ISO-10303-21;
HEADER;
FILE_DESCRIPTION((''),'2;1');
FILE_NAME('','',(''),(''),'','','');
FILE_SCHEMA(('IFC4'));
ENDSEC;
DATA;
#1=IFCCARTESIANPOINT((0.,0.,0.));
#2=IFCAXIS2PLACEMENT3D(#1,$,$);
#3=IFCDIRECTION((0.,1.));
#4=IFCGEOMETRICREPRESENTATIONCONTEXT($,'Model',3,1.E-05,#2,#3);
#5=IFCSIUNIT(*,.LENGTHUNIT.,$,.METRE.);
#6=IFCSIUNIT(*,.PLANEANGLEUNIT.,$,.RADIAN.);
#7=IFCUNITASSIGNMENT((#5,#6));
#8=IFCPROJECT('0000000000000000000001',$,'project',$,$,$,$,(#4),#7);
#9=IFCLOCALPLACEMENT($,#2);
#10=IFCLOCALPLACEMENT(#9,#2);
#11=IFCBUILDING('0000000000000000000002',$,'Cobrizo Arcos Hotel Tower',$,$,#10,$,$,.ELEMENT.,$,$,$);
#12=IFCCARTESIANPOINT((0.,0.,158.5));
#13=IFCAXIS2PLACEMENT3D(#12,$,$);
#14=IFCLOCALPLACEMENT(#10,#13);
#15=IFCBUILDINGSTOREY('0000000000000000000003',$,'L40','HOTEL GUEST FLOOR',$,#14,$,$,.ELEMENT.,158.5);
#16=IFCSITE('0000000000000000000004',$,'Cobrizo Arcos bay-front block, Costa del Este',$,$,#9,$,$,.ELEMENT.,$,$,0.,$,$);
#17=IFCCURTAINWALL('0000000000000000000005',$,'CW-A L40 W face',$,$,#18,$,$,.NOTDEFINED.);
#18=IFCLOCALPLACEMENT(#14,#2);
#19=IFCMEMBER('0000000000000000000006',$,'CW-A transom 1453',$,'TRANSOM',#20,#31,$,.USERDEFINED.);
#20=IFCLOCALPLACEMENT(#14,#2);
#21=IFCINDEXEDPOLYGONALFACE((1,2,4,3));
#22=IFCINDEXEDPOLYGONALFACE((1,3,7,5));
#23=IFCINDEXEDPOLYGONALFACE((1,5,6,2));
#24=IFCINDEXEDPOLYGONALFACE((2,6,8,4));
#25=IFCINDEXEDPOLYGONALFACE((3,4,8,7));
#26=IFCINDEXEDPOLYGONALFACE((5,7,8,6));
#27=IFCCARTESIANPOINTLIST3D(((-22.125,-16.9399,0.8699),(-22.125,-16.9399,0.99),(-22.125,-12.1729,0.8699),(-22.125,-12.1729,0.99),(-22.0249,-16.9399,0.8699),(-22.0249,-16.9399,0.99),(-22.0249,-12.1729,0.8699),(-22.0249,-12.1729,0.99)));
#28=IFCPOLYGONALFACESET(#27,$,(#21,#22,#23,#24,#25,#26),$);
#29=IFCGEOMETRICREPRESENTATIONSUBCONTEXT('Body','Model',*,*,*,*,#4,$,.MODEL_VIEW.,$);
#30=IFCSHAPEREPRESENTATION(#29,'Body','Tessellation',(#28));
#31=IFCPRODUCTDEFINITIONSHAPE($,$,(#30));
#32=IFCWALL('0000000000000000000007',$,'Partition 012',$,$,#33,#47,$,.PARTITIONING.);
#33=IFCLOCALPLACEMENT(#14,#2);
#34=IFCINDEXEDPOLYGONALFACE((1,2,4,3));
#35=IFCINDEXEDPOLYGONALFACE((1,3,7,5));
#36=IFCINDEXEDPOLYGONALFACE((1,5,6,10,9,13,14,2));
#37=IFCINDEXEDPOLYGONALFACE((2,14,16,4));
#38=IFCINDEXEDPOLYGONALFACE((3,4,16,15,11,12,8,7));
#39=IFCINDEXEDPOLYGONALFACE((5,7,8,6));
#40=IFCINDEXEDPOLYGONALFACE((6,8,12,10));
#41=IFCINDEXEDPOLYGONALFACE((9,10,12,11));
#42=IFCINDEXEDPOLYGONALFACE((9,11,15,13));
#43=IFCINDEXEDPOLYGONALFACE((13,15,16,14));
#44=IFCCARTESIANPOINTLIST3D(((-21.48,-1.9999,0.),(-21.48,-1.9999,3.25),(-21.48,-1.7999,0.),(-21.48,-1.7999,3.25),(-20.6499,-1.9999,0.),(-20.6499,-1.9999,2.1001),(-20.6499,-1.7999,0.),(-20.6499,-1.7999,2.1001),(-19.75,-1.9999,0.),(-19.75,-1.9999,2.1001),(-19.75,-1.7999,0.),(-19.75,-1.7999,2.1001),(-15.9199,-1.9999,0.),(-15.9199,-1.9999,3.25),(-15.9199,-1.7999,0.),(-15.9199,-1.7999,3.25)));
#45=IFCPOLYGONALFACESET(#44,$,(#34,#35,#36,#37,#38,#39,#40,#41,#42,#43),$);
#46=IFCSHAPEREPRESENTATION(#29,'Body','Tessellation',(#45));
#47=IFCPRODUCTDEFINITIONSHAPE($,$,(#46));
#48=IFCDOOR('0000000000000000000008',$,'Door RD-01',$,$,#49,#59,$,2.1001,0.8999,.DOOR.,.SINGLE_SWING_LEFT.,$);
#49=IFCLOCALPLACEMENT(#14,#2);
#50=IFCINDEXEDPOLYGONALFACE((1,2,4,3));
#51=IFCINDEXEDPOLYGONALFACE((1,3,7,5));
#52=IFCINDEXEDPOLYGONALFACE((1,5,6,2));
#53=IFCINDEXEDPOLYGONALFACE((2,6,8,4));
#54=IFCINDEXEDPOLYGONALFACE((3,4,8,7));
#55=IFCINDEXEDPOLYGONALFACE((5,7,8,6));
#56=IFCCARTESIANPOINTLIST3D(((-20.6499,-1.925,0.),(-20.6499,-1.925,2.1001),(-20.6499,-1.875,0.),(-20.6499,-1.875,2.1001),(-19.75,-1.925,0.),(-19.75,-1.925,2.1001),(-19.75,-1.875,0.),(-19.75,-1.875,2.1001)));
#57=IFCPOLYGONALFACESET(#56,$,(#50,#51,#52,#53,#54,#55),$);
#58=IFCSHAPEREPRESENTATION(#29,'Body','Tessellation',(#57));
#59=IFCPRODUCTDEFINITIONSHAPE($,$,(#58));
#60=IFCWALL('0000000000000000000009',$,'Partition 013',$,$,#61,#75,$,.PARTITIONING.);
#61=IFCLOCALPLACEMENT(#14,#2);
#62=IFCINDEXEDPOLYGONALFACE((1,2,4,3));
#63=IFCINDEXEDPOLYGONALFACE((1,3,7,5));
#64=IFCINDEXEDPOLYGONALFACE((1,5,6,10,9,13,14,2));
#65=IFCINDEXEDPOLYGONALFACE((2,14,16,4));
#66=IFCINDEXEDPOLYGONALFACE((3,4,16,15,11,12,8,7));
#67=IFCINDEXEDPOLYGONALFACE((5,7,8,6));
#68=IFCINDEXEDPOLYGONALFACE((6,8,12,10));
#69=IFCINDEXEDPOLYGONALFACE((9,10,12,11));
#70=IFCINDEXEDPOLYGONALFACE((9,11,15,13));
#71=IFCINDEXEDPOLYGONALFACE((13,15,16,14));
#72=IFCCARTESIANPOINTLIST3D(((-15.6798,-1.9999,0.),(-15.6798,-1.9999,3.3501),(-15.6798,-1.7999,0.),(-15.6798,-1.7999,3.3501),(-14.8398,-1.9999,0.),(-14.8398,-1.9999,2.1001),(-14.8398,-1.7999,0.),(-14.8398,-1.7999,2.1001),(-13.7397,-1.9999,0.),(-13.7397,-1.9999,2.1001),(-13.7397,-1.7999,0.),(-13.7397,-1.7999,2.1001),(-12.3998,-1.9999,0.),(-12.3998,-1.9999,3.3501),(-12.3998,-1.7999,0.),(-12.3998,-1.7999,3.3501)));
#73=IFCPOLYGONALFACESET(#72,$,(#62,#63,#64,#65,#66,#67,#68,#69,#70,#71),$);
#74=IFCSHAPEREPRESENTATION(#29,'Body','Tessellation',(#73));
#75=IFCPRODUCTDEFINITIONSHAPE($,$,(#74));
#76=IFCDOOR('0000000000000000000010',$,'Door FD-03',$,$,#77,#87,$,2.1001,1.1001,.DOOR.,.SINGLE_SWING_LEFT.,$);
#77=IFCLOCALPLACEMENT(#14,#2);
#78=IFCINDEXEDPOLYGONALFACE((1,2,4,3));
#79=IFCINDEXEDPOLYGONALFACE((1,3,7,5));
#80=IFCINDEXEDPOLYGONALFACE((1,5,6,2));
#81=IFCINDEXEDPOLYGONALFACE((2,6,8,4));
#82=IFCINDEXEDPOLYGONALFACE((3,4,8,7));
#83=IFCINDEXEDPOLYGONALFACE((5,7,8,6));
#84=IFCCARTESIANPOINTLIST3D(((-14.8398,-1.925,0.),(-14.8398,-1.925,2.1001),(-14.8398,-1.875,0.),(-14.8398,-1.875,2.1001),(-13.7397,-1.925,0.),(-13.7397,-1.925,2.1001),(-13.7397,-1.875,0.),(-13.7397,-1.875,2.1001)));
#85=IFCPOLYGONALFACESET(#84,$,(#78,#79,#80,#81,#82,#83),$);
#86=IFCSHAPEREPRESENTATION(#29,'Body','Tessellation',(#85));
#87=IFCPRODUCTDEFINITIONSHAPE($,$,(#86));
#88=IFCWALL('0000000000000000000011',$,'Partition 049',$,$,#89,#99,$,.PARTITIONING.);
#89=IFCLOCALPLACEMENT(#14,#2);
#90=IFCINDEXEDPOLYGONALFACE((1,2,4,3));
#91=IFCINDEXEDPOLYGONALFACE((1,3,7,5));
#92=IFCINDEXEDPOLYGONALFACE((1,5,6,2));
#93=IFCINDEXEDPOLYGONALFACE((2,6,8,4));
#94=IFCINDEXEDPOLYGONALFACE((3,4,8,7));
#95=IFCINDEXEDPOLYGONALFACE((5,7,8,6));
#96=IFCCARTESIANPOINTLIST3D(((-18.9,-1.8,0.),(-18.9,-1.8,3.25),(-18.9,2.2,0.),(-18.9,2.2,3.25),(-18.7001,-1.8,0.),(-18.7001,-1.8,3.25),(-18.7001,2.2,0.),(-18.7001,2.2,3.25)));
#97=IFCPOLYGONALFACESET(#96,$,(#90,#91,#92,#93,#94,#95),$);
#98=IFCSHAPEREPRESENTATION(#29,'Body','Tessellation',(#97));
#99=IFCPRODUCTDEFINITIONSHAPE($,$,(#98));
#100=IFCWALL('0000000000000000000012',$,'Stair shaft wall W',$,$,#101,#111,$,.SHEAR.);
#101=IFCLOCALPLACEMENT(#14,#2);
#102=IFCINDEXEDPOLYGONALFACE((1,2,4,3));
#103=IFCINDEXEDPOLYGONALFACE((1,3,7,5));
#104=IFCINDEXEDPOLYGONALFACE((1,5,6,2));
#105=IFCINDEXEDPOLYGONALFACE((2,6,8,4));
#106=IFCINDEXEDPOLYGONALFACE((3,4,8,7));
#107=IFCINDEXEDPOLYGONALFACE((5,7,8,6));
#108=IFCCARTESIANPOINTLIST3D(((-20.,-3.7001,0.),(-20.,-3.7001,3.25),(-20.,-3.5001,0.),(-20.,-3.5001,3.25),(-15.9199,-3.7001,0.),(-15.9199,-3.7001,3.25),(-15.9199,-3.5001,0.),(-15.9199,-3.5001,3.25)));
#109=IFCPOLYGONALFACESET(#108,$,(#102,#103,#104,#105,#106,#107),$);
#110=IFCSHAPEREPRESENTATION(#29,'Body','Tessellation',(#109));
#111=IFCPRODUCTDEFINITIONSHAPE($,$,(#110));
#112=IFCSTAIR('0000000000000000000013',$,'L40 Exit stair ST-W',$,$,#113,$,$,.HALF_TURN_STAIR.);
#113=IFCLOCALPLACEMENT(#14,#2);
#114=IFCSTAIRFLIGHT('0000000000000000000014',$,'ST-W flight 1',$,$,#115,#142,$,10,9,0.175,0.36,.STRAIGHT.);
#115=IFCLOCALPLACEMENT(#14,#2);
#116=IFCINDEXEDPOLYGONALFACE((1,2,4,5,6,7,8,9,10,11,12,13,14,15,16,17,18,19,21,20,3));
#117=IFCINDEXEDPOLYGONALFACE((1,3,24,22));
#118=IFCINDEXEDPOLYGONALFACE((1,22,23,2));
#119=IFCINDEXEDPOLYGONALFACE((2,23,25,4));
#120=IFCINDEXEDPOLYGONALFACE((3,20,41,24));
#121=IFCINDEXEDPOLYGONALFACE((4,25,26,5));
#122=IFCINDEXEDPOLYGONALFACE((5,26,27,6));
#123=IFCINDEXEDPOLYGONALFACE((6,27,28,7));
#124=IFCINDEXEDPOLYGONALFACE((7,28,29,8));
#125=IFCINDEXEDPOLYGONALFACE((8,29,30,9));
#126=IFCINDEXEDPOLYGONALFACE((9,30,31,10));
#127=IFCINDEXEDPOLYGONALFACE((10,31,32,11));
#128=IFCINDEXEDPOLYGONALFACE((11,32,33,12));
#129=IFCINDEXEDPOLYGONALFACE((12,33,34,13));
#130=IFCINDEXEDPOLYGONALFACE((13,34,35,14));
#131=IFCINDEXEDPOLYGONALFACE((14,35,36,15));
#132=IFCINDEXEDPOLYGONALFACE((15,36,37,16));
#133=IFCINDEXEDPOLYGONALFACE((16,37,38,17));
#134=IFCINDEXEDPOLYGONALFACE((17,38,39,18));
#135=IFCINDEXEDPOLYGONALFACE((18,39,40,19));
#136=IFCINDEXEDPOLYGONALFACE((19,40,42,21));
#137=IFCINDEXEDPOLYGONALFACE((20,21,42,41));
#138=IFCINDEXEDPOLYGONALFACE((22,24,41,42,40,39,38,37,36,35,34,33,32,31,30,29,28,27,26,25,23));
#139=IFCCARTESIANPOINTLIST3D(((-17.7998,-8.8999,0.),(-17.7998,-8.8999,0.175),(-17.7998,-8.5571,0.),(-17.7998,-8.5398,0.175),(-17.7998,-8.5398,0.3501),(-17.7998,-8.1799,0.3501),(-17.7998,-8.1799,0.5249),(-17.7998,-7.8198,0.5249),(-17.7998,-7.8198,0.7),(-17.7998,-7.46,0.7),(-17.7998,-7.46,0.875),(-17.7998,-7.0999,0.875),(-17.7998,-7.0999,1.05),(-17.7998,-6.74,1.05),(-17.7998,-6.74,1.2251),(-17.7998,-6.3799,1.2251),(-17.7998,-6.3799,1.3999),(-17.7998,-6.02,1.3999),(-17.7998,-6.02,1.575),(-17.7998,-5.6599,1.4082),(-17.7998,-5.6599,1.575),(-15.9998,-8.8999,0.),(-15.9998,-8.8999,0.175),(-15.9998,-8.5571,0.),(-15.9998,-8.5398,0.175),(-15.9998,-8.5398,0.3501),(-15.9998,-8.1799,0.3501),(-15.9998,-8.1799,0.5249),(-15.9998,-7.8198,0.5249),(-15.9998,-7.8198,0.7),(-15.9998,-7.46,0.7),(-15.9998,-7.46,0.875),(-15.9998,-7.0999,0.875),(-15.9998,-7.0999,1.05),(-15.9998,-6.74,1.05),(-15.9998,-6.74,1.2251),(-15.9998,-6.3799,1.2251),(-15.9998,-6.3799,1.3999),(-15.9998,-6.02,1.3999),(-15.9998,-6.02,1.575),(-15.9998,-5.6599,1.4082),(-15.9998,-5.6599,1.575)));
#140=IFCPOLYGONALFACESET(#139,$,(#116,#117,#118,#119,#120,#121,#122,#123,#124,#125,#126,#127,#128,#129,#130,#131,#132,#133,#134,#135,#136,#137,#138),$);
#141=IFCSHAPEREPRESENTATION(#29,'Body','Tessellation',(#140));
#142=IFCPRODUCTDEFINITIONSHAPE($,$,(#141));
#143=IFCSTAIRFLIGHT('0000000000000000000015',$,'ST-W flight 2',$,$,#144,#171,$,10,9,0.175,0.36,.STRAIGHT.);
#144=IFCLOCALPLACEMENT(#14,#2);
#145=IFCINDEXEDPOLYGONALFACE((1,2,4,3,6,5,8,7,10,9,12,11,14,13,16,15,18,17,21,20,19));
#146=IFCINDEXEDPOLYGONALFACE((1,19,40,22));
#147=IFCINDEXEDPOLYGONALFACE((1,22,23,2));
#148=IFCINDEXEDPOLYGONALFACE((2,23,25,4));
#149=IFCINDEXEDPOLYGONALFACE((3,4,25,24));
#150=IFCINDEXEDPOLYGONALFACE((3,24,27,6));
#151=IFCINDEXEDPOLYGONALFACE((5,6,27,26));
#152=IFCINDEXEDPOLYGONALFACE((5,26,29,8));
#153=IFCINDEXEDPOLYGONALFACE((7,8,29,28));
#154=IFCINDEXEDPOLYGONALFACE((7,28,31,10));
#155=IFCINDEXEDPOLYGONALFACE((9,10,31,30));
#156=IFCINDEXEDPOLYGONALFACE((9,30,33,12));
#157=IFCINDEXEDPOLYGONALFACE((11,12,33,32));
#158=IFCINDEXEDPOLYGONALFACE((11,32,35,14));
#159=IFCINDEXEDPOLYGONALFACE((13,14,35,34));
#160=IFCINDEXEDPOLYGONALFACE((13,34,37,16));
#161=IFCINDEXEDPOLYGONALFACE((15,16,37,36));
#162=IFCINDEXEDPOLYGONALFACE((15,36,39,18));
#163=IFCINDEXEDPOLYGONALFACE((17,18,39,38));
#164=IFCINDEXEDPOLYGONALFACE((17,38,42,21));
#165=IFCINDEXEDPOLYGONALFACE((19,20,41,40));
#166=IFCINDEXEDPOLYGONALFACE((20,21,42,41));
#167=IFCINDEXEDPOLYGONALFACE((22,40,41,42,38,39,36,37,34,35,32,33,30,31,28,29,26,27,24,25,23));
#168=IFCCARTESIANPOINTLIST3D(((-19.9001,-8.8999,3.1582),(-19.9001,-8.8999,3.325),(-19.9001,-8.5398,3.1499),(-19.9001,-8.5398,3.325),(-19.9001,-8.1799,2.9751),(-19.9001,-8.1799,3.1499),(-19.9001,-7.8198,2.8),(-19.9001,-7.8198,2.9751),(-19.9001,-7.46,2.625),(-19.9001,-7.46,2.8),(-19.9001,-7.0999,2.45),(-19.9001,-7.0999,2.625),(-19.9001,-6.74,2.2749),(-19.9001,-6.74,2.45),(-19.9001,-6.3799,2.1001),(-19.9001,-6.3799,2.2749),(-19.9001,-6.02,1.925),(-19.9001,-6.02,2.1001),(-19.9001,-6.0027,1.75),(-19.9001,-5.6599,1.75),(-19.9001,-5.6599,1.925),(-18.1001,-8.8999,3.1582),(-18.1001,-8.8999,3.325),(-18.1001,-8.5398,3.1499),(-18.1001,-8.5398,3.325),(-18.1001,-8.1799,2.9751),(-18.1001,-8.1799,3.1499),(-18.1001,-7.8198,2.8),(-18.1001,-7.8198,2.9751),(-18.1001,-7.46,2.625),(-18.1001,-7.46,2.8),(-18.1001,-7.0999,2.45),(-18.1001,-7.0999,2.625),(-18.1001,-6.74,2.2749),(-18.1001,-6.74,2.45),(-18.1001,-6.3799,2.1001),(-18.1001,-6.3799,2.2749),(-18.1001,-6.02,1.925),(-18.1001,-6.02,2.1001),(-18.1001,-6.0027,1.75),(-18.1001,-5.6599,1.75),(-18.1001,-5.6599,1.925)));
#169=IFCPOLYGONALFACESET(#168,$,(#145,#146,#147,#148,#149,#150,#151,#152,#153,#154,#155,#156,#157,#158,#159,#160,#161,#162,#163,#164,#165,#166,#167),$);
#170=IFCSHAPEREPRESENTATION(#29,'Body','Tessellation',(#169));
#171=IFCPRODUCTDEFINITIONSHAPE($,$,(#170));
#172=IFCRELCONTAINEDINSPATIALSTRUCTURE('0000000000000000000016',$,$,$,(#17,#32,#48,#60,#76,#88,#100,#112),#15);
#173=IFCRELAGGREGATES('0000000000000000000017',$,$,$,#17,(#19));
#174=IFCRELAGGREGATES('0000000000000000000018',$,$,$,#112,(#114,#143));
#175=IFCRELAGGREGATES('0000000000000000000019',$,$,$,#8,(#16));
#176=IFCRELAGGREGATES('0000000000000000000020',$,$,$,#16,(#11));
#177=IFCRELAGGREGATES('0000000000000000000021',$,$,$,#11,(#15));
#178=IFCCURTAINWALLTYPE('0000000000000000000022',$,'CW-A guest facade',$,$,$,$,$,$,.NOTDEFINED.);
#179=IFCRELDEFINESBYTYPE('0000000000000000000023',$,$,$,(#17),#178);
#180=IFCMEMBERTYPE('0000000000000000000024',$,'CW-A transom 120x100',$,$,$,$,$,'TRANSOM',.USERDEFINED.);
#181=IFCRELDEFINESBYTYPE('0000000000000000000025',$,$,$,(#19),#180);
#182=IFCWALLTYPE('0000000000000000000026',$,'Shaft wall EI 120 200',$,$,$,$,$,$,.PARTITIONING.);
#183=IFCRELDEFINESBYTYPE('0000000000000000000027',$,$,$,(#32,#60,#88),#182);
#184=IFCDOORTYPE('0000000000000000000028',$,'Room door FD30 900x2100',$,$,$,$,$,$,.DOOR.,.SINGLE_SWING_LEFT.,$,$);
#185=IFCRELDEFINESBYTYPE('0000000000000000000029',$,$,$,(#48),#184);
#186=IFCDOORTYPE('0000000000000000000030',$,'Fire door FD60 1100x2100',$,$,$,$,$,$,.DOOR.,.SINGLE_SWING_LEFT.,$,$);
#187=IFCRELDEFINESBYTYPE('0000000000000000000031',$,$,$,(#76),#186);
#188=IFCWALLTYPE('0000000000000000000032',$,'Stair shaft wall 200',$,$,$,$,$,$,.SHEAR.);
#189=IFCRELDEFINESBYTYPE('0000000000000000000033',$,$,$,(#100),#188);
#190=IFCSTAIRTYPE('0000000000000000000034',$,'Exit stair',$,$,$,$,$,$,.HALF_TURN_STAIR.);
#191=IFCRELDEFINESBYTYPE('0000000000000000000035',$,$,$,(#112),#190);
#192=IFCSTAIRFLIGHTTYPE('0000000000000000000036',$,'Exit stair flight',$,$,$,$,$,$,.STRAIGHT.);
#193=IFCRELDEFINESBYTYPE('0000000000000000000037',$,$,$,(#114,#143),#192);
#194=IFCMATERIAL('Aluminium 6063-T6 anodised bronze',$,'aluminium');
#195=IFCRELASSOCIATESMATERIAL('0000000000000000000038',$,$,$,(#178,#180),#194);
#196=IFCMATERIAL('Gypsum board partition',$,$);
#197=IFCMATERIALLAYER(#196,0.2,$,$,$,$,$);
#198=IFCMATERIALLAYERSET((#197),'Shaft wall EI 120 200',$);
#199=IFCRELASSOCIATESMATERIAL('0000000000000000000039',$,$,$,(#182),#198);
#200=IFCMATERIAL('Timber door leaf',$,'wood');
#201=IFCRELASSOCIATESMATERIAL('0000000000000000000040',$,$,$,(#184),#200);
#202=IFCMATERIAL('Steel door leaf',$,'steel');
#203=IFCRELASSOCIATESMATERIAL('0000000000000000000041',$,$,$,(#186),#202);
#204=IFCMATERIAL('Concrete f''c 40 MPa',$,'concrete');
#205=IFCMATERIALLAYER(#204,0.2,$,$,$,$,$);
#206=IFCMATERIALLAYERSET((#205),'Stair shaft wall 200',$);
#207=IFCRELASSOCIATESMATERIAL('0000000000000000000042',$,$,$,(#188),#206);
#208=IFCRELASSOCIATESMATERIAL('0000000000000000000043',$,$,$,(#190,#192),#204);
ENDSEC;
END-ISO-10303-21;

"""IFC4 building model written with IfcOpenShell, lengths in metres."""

from ifc_helpers import new_model, si_unit, direction, frame, frame_2d, origin, origin_2d, place, context, subcontext, project, spatial, polyline, rectangle, outline, extrude, material, layer, layer_set, material_profile, profile_set, type_object, element, fill, aggregate, save


model = new_model("IFC4")

# Units and contexts
model_context = context("Model", 3, precision=1e-05, world=origin(), true_north=direction((0.0, 1.0)))
body_context = subcontext(model_context, "Body", "Model", "MODEL_VIEW")
ifc_project = project(units=[si_unit("LENGTHUNIT", "METRE"), si_unit("PLANEANGLEUNIT", "RADIAN")], contexts=[model_context])

# Site, building, storey
site_placement = place(None, origin())
site = spatial("IfcSite", under=ifc_project, at=site_placement, Name="Cobrizo Arcos bay-front block, Costa del Este", CompositionType="ELEMENT", RefElevation=0.0)
building_placement = place(site_placement, origin())
building = spatial("IfcBuilding", under=site, at=building_placement, Name="Cobrizo Arcos Hotel Tower", CompositionType="ELEMENT")
storey_placement = place(building_placement, frame((0.0, 0.0, 158.5)))
storey = spatial("IfcBuildingStorey", under=building, at=storey_placement, Name="L40", Description="HOTEL GUEST FLOOR", CompositionType="ELEMENT", Elevation=158.5)

# Curtain wall, member
ifc_material_1 = material(Name="Aluminium 6063-T6 anodised bronze", Category="aluminium")
curtain_wall_type = type_object("IfcCurtainWallType", Name="CW-A guest facade", PredefinedType="NOTDEFINED", material=ifc_material_1)
curtain_wall_placement = place(storey_placement, origin())
curtain_wall = element("IfcCurtainWall", 1, at=curtain_wall_placement, inside=storey, type_object=curtain_wall_type, Name="CW-A L40 W face", PredefinedType="NOTDEFINED")
ifc_material_profile = material_profile(ifc_material_1, rectangle(XDim=0.1001, YDim=0.1201, at=origin_2d()), Name="CW-A transom 120x100")
ifc_profile_set = profile_set([ifc_material_profile], Name="Aluminium 6063-T6 anodised bronze")
member_type = type_object("IfcMemberType", Name="CW-A transom 120x100", ElementType="TRANSOM", PredefinedType="USERDEFINED", material=ifc_profile_set)
member_placement = place(storey_placement, frame((-22.075, -12.1729, 0.9299), z_axis=(0.0, -1.0, 0.0), x_axis=(1.0, 0.0, 0.0)))
member = element("IfcMember", 2, at=member_placement, type_object=member_type, Name="CW-A transom 1453", ObjectType="TRANSOM", PredefinedType="USERDEFINED", context=body_context, shape_type="SweptSolid", body=[
    extrude(rectangle(XDim=0.1001, YDim=0.1201, at=origin_2d()), origin(), (0.0, 0.0, 1.0), 4.7671),
])
aggregate(curtain_wall, [member])

# Walls, openings, doors
ifc_material_2 = material(Name="Gypsum board partition")
ifc_layer_1 = layer(ifc_material_2, 0.2)
ifc_layer_set_1 = layer_set([ifc_layer_1], Name="Shaft wall EI 120 200")
wall_type_1 = type_object("IfcWallType", Name="Shaft wall EI 120 200", PredefinedType="PARTITIONING", material=ifc_layer_set_1)
wall_1_placement = place(storey_placement, frame((-21.48, -1.8999, 0.0), z_axis=(0.0, 0.0, 1.0), x_axis=(1.0, 0.0, 0.0)))
wall_1 = element("IfcWall", 3, at=wall_1_placement, inside=storey, type_object=wall_type_1, Name="Partition 012", PredefinedType="PARTITIONING", context=body_context, shape_type="SweptSolid", body=[
    extrude(rectangle(XDim=5.5601, YDim=0.2, at=frame_2d((2.78, 0.0))), origin(), (0.0, 0.0, 1.0), 3.25),
])
opening_1_placement = place(wall_1_placement, frame((0.8301, 0.0, 0.0)))
opening_1 = element("IfcOpeningElement", 4, at=opening_1_placement, cuts=wall_1, PredefinedType="OPENING", context=body_context, shape_type="SweptSolid", body=[
    extrude(rectangle(XDim=0.8999, YDim=2.1001, at=frame_2d((0.45, 1.05))), frame((0.0, 0.1121, 0.0), z_axis=(0.0, -1.0, 0.0), x_axis=(1.0, 0.0, 0.0)), (0.0, 0.0, 1.0), 0.2239),
])
ifc_material_3 = material(Name="Timber door leaf", Category="wood")
door_type_1 = type_object("IfcDoorType", Name="Room door FD30 900x2100", OperationType="SINGLE_SWING_LEFT", PredefinedType="DOOR", material=ifc_material_3)
door_1_placement = place(opening_1_placement, origin())
door_1 = element("IfcDoor", 5, at=door_1_placement, inside=storey, type_object=door_type_1, Name="Door RD-01", OperationType="SINGLE_SWING_LEFT", OverallHeight=2.1001, OverallWidth=0.8999, PredefinedType="DOOR", context=body_context, shape_type="SweptSolid", body=[
    extrude(rectangle(XDim=0.8999, YDim=2.1001, at=frame_2d((0.45, 1.05))), frame((0.0, 0.0249, 0.0), z_axis=(0.0, -1.0, 0.0), x_axis=(1.0, 0.0, 0.0)), (0.0, 0.0, 1.0), 0.05),
])
fill(opening_1, door_1)
wall_2_placement = place(storey_placement, frame((-15.6799, -1.8999, 0.0), z_axis=(0.0, 0.0, 1.0), x_axis=(1.0, 0.0, 0.0)))
wall_2 = element("IfcWall", 6, at=wall_2_placement, inside=storey, type_object=wall_type_1, Name="Partition 013", PredefinedType="PARTITIONING", context=body_context, shape_type="SweptSolid", body=[
    extrude(rectangle(XDim=3.28, YDim=0.2, at=frame_2d((1.6401, 0.0))), origin(), (0.0, 0.0, 1.0), 3.3501),
])
opening_2_placement = place(wall_2_placement, frame((0.8401, 0.0, 0.0)))
opening_2 = element("IfcOpeningElement", 7, at=opening_2_placement, cuts=wall_2, PredefinedType="OPENING", context=body_context, shape_type="SweptSolid", body=[
    extrude(rectangle(XDim=1.1001, YDim=2.1001, at=frame_2d((0.55, 1.05))), frame((0.0, 0.1121, 0.0), z_axis=(0.0, -1.0, 0.0), x_axis=(1.0, 0.0, 0.0)), (0.0, 0.0, 1.0), 0.2239),
])
ifc_material_4 = material(Name="Steel door leaf", Category="steel")
door_type_2 = type_object("IfcDoorType", Name="Fire door FD60 1100x2100", OperationType="SINGLE_SWING_LEFT", PredefinedType="DOOR", material=ifc_material_4)
door_2_placement = place(opening_2_placement, origin())
door_2 = element("IfcDoor", 8, at=door_2_placement, inside=storey, type_object=door_type_2, Name="Door FD-03", OperationType="SINGLE_SWING_LEFT", OverallHeight=2.1001, OverallWidth=1.1001, PredefinedType="DOOR", context=body_context, shape_type="SweptSolid", body=[
    extrude(rectangle(XDim=1.1001, YDim=2.1001, at=frame_2d((0.55, 1.05))), frame((0.0, 0.0249, 0.0), z_axis=(0.0, -1.0, 0.0), x_axis=(1.0, 0.0, 0.0)), (0.0, 0.0, 1.0), 0.05),
])
fill(opening_2, door_2)

# Walls
wall_3_placement = place(storey_placement, frame((-18.8, -1.8, 0.0), z_axis=(0.0, 0.0, 1.0), x_axis=(0.0, 1.0, 0.0)))
element("IfcWall", 9, at=wall_3_placement, inside=storey, type_object=wall_type_1, Name="Partition 049", PredefinedType="PARTITIONING", context=body_context, shape_type="SweptSolid", body=[
    extrude(rectangle(XDim=4.0, YDim=0.2, at=frame_2d((2.0, 0.0))), origin(), (0.0, 0.0, 1.0), 3.25),
])
ifc_material_5 = material(Name="Concrete f'c 40 MPa", Category="concrete")
ifc_layer_2 = layer(ifc_material_5, 0.2)
ifc_layer_set_2 = layer_set([ifc_layer_2], Name="Stair shaft wall 200")
wall_type_2 = type_object("IfcWallType", Name="Stair shaft wall 200", PredefinedType="SHEAR", material=ifc_layer_set_2)
wall_4_placement = place(storey_placement, frame((-20.0, -3.6001, 0.0), z_axis=(0.0, 0.0, 1.0), x_axis=(1.0, 0.0, 0.0)))
element("IfcWall", 10, at=wall_4_placement, inside=storey, type_object=wall_type_2, Name="Stair shaft wall W", PredefinedType="SHEAR", context=body_context, shape_type="SweptSolid", body=[
    extrude(rectangle(XDim=4.0801, YDim=0.2, at=frame_2d((2.04, 0.0))), origin(), (0.0, 0.0, 1.0), 3.25),
])

# Stair, stair flights
stair_type = type_object("IfcStairType", Name="Exit stair", PredefinedType="HALF_TURN_STAIR", material=ifc_material_5)
stair_placement = place(storey_placement, origin())
stair = element("IfcStair", 11, at=stair_placement, inside=storey, type_object=stair_type, Name="L40 Exit stair ST-W", PredefinedType="HALF_TURN_STAIR")
stair_flight_type = type_object("IfcStairFlightType", Name="Exit stair flight", PredefinedType="STRAIGHT", material=ifc_material_5)
stair_flight_1_placement = place(storey_placement, frame((-16.8999, -8.8999, 0.0), z_axis=(0.0, 0.0, 1.0), x_axis=(0.0, 1.0, 0.0)))
stair_flight_1 = element("IfcStairFlight", 12, at=stair_flight_1_placement, type_object=stair_flight_type, Name="ST-W flight 1", NumberOfRisers=10, NumberOfTreads=9, PredefinedType="STRAIGHT", RiserHeight=0.175, TreadLength=0.36, context=body_context, shape_type="SweptSolid", body=[
    extrude(outline(polyline([(0.0, 0.0), (0.0, 0.175), (0.3601, 0.175), (0.3601, 0.3501), (0.72, 0.3501), (0.72, 0.5249), (1.0801, 0.5249), (1.0801, 0.7), (1.4399, 0.7), (1.4399, 0.875), (1.8, 0.875), (1.8, 1.05), (2.1599, 1.05), (2.1599, 1.2251), (2.52, 1.2251), (2.52, 1.3999), (2.8799, 1.3999), (2.8799, 1.575), (3.24, 1.575), (3.24, 1.75), (3.24, 1.4082), (0.3428, 0.0), (0.0, 0.0)])), frame((0.0, 0.8999, 0.0), z_axis=(0.0, -1.0, 0.0), x_axis=(1.0, 0.0, 0.0)), (0.0, 0.0, 1.0), 1.8),
])
stair_flight_2_placement = place(storey_placement, frame((-19.0, -5.6599, 1.75), z_axis=(0.0, 0.0, 1.0), x_axis=(0.0, -1.0, 0.0)))
stair_flight_2 = element("IfcStairFlight", 13, at=stair_flight_2_placement, type_object=stair_flight_type, Name="ST-W flight 2", NumberOfRisers=10, NumberOfTreads=9, PredefinedType="STRAIGHT", RiserHeight=0.175, TreadLength=0.36, context=body_context, shape_type="SweptSolid", body=[
    extrude(outline(polyline([(0.0, 0.0), (0.0, 0.175), (0.3601, 0.175), (0.3601, 0.3501), (0.72, 0.3501), (0.72, 0.5249), (1.0801, 0.5249), (1.0801, 0.7), (1.4399, 0.7), (1.4399, 0.875), (1.8, 0.875), (1.8, 1.05), (2.1599, 1.05), (2.1599, 1.2251), (2.52, 1.2251), (2.52, 1.3999), (2.8799, 1.3999), (2.8799, 1.575), (3.24, 1.575), (3.24, 1.75), (3.24, 1.4082), (0.3428, 0.0), (0.0, 0.0)])), frame((0.0, 0.8999, 0.0), z_axis=(0.0, -1.0, 0.0), x_axis=(1.0, 0.0, 0.0)), (0.0, 0.0, 1.0), 1.8),
])
aggregate(stair, [stair_flight_1, stair_flight_2])

save(model, "model.ifc")
